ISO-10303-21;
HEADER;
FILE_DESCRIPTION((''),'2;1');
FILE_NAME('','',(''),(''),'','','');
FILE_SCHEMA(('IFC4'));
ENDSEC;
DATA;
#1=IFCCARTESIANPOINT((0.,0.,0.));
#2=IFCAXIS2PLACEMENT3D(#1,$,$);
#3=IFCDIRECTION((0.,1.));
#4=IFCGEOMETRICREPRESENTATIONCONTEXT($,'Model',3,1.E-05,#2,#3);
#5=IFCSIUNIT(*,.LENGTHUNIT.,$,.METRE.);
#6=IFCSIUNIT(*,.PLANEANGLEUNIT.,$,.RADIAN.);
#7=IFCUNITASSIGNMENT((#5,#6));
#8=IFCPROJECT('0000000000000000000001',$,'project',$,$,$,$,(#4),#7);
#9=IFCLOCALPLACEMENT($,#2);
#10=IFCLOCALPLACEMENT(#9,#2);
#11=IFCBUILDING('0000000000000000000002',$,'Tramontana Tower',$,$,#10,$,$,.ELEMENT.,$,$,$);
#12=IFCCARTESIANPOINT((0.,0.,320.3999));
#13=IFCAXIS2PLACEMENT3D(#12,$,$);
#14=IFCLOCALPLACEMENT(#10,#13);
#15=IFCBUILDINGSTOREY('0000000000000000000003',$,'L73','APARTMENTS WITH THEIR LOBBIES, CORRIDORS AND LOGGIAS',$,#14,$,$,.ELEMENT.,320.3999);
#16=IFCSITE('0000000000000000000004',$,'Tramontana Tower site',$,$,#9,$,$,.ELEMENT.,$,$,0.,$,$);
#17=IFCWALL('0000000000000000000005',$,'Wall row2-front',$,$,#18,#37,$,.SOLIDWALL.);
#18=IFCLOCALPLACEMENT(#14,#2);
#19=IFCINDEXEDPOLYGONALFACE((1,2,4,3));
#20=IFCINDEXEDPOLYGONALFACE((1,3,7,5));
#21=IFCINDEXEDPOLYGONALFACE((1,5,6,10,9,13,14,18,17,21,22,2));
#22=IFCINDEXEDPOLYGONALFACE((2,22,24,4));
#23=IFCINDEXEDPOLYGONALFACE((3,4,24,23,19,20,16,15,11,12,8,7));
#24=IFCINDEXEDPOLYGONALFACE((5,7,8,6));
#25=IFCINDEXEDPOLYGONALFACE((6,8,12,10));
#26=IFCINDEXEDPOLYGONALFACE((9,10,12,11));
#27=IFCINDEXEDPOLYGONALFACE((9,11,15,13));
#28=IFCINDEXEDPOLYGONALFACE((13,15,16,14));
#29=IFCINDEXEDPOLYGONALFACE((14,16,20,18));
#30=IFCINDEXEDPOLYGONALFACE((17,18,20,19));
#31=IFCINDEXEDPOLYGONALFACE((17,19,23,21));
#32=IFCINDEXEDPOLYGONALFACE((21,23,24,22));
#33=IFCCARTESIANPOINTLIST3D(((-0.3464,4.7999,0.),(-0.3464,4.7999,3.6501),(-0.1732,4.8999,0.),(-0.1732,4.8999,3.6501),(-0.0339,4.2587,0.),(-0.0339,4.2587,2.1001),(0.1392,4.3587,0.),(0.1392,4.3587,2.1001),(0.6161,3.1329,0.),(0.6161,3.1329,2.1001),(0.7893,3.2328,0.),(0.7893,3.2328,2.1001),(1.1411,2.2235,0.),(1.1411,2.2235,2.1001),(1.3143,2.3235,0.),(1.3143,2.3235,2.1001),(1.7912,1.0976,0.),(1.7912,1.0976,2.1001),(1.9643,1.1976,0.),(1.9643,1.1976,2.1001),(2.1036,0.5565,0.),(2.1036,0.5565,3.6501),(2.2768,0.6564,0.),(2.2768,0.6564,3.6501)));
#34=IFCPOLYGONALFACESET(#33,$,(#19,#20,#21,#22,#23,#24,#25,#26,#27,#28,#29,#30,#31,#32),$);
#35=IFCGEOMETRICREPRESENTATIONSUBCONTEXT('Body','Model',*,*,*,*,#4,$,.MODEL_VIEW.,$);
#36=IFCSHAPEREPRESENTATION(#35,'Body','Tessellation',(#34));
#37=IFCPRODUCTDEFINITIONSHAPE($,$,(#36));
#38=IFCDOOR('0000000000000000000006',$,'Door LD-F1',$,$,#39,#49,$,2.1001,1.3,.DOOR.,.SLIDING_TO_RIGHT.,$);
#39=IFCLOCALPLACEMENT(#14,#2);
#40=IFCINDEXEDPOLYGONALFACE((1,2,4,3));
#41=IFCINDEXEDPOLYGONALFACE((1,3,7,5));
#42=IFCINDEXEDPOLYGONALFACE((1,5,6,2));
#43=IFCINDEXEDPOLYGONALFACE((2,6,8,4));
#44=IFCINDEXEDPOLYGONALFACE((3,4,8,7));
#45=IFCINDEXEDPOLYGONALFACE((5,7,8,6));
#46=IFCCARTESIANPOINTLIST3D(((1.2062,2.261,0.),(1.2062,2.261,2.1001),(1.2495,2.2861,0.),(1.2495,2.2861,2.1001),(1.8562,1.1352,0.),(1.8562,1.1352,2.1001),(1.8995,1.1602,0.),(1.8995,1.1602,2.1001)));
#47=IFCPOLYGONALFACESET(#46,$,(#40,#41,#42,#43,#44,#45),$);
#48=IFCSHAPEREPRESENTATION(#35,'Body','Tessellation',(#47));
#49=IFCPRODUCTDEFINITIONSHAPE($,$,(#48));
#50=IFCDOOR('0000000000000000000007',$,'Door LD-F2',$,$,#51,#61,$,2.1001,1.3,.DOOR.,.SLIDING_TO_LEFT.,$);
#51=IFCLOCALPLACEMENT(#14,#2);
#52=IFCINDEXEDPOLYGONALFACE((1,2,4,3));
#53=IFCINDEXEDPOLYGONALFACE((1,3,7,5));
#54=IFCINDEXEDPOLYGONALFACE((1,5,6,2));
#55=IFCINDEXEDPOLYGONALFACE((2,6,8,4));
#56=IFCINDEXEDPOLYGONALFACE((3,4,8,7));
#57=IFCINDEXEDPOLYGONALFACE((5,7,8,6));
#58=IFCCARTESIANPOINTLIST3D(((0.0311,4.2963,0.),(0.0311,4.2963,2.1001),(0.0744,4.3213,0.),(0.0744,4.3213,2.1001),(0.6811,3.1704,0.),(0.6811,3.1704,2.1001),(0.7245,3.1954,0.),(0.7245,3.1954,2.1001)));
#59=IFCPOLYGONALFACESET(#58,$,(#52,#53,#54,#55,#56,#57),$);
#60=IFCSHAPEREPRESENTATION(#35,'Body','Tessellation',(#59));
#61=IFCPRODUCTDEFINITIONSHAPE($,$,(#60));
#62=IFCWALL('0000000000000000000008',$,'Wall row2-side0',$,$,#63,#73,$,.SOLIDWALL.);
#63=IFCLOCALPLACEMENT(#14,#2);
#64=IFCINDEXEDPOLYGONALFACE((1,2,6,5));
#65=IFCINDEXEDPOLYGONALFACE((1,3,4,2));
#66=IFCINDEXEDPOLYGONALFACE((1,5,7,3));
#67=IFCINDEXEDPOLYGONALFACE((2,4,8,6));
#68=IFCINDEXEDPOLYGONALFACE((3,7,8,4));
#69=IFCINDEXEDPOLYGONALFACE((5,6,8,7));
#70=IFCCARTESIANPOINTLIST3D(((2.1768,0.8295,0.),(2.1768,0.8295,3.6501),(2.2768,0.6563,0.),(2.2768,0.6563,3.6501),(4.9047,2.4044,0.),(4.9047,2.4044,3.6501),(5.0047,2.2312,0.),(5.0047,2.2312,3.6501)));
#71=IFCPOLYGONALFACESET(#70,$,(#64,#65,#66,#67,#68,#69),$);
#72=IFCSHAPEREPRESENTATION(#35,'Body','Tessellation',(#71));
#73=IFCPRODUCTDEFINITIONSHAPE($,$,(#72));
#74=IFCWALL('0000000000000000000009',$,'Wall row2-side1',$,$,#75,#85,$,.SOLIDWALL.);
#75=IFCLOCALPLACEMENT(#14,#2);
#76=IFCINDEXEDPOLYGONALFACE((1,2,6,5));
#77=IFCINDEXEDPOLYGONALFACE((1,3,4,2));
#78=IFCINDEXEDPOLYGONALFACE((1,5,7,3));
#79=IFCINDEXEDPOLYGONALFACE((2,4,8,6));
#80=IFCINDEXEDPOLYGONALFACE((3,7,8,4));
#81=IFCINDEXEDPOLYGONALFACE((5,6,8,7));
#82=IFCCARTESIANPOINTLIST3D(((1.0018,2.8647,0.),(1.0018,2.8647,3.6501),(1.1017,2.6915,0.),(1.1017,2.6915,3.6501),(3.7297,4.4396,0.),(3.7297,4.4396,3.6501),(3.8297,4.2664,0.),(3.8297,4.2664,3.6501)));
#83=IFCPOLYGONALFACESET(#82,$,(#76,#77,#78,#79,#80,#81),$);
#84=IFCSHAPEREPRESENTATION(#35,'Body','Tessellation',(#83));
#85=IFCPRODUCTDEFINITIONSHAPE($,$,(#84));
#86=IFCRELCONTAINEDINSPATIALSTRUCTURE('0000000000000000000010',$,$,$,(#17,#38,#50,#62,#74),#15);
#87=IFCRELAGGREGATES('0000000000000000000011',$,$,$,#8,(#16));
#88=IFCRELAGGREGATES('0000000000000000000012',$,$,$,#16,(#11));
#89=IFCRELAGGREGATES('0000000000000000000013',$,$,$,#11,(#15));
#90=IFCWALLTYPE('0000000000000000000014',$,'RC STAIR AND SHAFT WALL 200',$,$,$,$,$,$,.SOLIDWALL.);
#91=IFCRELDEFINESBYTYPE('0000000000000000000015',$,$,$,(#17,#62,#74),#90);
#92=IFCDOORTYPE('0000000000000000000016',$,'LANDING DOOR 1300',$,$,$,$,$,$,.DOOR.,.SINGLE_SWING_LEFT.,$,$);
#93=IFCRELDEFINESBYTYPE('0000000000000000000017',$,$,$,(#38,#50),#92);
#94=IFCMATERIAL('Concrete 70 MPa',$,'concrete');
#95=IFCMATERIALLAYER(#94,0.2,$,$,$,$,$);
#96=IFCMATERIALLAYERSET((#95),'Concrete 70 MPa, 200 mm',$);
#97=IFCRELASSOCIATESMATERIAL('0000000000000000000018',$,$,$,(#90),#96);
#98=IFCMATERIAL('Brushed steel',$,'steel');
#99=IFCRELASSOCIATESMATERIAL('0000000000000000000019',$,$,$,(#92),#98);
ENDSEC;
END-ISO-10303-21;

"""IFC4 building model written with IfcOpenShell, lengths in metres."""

from ifc_helpers import new_model, si_unit, direction, frame, frame_2d, origin, place, context, subcontext, project, spatial, rectangle, extrude, material, layer, layer_set, type_object, element, fill, save


model = new_model("IFC4")

# Units and contexts
model_context = context("Model", 3, precision=1e-05, world=origin(), true_north=direction((0.0, 1.0)))
body_context = subcontext(model_context, "Body", "Model", "MODEL_VIEW")
ifc_project = project(units=[si_unit("LENGTHUNIT", "METRE"), si_unit("PLANEANGLEUNIT", "RADIAN")], contexts=[model_context])

# Site, building, storey
site_placement = place(None, origin())
site = spatial("IfcSite", under=ifc_project, at=site_placement, Name="Tramontana Tower site", CompositionType="ELEMENT", RefElevation=0.0)
building_placement = place(site_placement, origin())
building = spatial("IfcBuilding", under=site, at=building_placement, Name="Tramontana Tower", CompositionType="ELEMENT")
storey_placement = place(building_placement, frame((0.0, 0.0, 320.3999)))
storey = spatial("IfcBuildingStorey", under=building, at=storey_placement, Name="L73", Description="APARTMENTS WITH THEIR LOBBIES, CORRIDORS AND LOGGIAS", CompositionType="ELEMENT", Elevation=320.3999)

# Shared definitions
ifc_material_1 = material(Name="Concrete 70 MPa", Category="concrete")
ifc_layer_1 = layer(ifc_material_1, 0.2)
ifc_layer_set_1 = layer_set([ifc_layer_1], Name="Concrete 70 MPa, 200 mm")
wall_type_1 = type_object("IfcWallType", Name="RC STAIR AND SHAFT WALL 200", PredefinedType="SOLIDWALL", material=ifc_layer_set_1)

# Wall, openings, doors
wall_1_placement = place(storey_placement, frame((2.1902, 0.6064, 0.0), z_axis=(0.0, 0.0, 1.0), x_axis=(-0.500003, 0.866024, 0.0)))
wall_1 = element("IfcWall", 1, at=wall_1_placement, inside=storey, type_object=wall_type_1, Name="Wall row2-front", PredefinedType="SOLIDWALL", context=body_context, shape_type="SweptSolid", body=[
    extrude(rectangle(XDim=4.8999, YDim=0.2, at=frame_2d((2.45, 0.0))), origin(), (0.0, 0.0, 1.0), 3.6501),
])
opening_1_placement = place(wall_1_placement, frame((0.625, 0.0, 0.0)))
opening_1 = element("IfcOpeningElement", 2, at=opening_1_placement, cuts=wall_1, PredefinedType="OPENING", context=body_context, shape_type="SweptSolid", body=[
    extrude(rectangle(XDim=1.3, YDim=2.1001, at=frame_2d((0.6499, 1.05))), frame((0.0, 0.1099, 0.0), z_axis=(0.0, -1.0, 0.0), x_axis=(1.0, 0.0, 0.0)), (0.0, 0.0, 1.0), 0.22),
])
opening_2_placement = place(wall_1_placement, frame((2.9751, 0.0, 0.0)))
opening_2 = element("IfcOpeningElement", 3, at=opening_2_placement, cuts=wall_1, PredefinedType="OPENING", context=body_context, shape_type="SweptSolid", body=[
    extrude(rectangle(XDim=1.3, YDim=2.1001, at=frame_2d((0.6499, 1.05))), frame((0.0, 0.1099, 0.0), z_axis=(0.0, -1.0, 0.0), x_axis=(1.0, 0.0, 0.0)), (0.0, 0.0, 1.0), 0.22),
])
ifc_material_2 = material(Name="Brushed steel", Category="steel")
door_type_1 = type_object("IfcDoorType", Name="LANDING DOOR 1300", OperationType="SINGLE_SWING_LEFT", PredefinedType="DOOR", material=ifc_material_2)
door_1_placement = place(opening_1_placement, origin())
door_1 = element("IfcDoor", 4, at=door_1_placement, inside=storey, type_object=door_type_1, Name="Door LD-F1", OperationType="SLIDING_TO_RIGHT", OverallHeight=2.1001, OverallWidth=1.3, PredefinedType="DOOR", context=body_context, shape_type="SweptSolid", body=[
    extrude(rectangle(XDim=1.3, YDim=2.1001, at=frame_2d((0.6499, 1.05))), frame((0.0, 0.0249, 0.0), z_axis=(0.0, -1.0, 0.0), x_axis=(1.0, 0.0, 0.0)), (0.0, 0.0, 1.0), 0.05),
])
fill(opening_1, door_1)
door_2_placement = place(opening_2_placement, origin())
door_2 = element("IfcDoor", 5, at=door_2_placement, inside=storey, type_object=door_type_1, Name="Door LD-F2", OperationType="SLIDING_TO_LEFT", OverallHeight=2.1001, OverallWidth=1.3, PredefinedType="DOOR", context=body_context, shape_type="SweptSolid", body=[
    extrude(rectangle(XDim=1.3, YDim=2.1001, at=frame_2d((0.6499, 1.05))), frame((0.0, 0.0249, 0.0), z_axis=(0.0, -1.0, 0.0), x_axis=(1.0, 0.0, 0.0)), (0.0, 0.0, 1.0), 0.05),
])
fill(opening_2, door_2)

# Walls
for number, where, z_axis, x_axis, name in (
    (6, (2.2268, 0.7429, 0.0), (0.0, 0.0, 1.0), (0.866036, 0.499982, 0.0), "Wall row2-side0"),
    (7, (1.0518, 2.7781, 0.0), (0.0, 0.0, 1.0), (0.866036, 0.499982, 0.0), "Wall row2-side1"),
):
    element("IfcWall", number, at=place(storey_placement, frame(where, z_axis=z_axis, x_axis=x_axis)), inside=storey, type_object=wall_type_1, Name=name, PredefinedType="SOLIDWALL", context=body_context, shape_type="SweptSolid", body=[
        extrude(rectangle(XDim=3.1499, YDim=0.2, at=frame_2d((1.575, 0.0))), origin(), (0.0, 0.0, 1.0), 3.6501),
    ])

save(model, "model.ifc")
